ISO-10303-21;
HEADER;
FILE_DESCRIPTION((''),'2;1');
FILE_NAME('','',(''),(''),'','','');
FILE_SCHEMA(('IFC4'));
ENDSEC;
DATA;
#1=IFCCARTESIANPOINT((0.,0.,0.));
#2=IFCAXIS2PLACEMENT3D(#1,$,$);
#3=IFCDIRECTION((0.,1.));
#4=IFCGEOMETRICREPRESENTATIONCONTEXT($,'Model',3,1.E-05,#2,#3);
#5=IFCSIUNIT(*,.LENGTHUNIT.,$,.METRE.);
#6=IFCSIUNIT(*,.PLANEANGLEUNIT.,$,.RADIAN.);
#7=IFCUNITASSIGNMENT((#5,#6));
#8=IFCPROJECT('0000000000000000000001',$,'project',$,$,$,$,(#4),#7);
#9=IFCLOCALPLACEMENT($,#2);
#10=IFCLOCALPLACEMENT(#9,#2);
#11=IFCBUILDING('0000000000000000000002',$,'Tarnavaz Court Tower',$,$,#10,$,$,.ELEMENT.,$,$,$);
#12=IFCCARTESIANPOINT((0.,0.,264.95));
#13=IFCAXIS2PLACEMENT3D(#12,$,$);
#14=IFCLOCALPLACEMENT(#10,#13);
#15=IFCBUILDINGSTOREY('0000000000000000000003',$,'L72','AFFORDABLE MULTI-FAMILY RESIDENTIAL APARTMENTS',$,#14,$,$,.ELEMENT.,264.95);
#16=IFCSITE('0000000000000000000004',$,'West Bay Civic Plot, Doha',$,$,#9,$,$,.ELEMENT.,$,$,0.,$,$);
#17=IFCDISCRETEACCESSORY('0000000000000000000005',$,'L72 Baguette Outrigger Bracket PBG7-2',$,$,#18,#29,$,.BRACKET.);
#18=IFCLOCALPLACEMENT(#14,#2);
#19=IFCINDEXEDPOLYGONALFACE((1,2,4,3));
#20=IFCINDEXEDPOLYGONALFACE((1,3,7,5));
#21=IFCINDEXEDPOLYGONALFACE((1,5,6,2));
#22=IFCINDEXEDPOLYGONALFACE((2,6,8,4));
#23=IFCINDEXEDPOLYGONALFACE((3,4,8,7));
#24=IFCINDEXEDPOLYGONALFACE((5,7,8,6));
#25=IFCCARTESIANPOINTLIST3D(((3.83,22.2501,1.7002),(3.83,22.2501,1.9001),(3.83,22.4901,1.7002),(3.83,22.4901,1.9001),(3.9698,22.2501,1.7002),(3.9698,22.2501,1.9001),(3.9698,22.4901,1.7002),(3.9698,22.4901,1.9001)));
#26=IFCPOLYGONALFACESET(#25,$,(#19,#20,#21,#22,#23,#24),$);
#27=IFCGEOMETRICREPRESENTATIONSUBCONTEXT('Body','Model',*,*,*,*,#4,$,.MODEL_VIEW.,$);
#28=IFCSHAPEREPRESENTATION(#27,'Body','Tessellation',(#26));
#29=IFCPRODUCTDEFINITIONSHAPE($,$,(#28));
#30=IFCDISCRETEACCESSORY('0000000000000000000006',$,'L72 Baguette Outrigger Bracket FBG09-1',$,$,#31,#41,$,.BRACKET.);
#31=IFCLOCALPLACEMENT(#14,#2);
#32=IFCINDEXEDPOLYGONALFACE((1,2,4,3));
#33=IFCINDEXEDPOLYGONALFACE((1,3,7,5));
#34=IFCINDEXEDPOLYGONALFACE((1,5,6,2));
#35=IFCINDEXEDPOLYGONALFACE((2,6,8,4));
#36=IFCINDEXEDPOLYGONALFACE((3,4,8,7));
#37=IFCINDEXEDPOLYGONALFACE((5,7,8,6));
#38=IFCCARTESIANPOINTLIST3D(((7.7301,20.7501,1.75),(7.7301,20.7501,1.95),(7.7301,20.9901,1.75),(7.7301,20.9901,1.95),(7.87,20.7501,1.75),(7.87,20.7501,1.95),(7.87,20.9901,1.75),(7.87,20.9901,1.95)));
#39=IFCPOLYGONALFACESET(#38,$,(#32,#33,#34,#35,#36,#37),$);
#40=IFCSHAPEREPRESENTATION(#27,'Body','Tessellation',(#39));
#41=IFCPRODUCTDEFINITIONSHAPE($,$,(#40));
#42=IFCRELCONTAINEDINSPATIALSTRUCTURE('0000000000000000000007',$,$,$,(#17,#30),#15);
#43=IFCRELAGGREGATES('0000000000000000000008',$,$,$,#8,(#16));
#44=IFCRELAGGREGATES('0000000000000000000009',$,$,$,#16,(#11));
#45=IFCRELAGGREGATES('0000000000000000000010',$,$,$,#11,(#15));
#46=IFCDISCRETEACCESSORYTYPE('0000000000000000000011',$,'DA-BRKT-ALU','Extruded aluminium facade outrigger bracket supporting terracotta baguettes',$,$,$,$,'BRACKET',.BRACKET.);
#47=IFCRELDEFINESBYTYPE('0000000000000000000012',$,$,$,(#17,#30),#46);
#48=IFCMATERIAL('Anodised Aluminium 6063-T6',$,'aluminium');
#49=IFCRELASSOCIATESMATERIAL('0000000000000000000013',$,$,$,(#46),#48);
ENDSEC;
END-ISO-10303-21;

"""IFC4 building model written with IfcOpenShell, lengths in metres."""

from ifc_helpers import new_model, si_unit, direction, frame, origin, origin_2d, place, context, subcontext, project, spatial, rectangle, extrude, material, type_object, element, save


model = new_model("IFC4")

# Units and contexts
model_context = context("Model", 3, precision=1e-05, world=origin(), true_north=direction((0.0, 1.0)))
body_context = subcontext(model_context, "Body", "Model", "MODEL_VIEW")
ifc_project = project(units=[si_unit("LENGTHUNIT", "METRE"), si_unit("PLANEANGLEUNIT", "RADIAN")], contexts=[model_context])

# Site, building, storey
site_placement = place(None, origin())
site = spatial("IfcSite", under=ifc_project, at=site_placement, Name="West Bay Civic Plot, Doha", CompositionType="ELEMENT", RefElevation=0.0)
building_placement = place(site_placement, origin())
building = spatial("IfcBuilding", under=site, at=building_placement, Name="Tarnavaz Court Tower", CompositionType="ELEMENT")
storey_placement = place(building_placement, frame((0.0, 0.0, 264.95)))
storey = spatial("IfcBuildingStorey", under=building, at=storey_placement, Name="L72", Description="AFFORDABLE MULTI-FAMILY RESIDENTIAL APARTMENTS", CompositionType="ELEMENT", Elevation=264.95)

# Shared definitions
ifc_material_1 = material(Name="Anodised Aluminium 6063-T6", Category="aluminium")

# Discrete accessories
discrete_accessory_type = type_object("IfcDiscreteAccessoryType", Name="DA-BRKT-ALU", Description="Extruded aluminium facade outrigger bracket supporting terracotta baguettes", ElementType="BRACKET", PredefinedType="BRACKET", material=ifc_material_1)
for number, where, z_axis, x_axis, name in (
    (1, (3.8999, 22.3701, 1.7002), (0.0, 0.0, 1.0), (1.0, 0.0, 0.0), "L72 Baguette Outrigger Bracket PBG7-2"),
    (2, (7.8, 20.8701, 1.75), (0.0, 0.0, 1.0), (1.0, 0.0, 0.0), "L72 Baguette Outrigger Bracket FBG09-1"),
):
    element("IfcDiscreteAccessory", number, at=place(storey_placement, frame(where, z_axis=z_axis, x_axis=x_axis)), inside=storey, type_object=discrete_accessory_type, Name=name, PredefinedType="BRACKET", context=body_context, shape_type="SweptSolid", body=[
        extrude(rectangle(XDim=0.1399, YDim=0.24, at=origin_2d()), origin(), (0.0, 0.0, 1.0), 0.2),
    ])

save(model, "model.ifc")
